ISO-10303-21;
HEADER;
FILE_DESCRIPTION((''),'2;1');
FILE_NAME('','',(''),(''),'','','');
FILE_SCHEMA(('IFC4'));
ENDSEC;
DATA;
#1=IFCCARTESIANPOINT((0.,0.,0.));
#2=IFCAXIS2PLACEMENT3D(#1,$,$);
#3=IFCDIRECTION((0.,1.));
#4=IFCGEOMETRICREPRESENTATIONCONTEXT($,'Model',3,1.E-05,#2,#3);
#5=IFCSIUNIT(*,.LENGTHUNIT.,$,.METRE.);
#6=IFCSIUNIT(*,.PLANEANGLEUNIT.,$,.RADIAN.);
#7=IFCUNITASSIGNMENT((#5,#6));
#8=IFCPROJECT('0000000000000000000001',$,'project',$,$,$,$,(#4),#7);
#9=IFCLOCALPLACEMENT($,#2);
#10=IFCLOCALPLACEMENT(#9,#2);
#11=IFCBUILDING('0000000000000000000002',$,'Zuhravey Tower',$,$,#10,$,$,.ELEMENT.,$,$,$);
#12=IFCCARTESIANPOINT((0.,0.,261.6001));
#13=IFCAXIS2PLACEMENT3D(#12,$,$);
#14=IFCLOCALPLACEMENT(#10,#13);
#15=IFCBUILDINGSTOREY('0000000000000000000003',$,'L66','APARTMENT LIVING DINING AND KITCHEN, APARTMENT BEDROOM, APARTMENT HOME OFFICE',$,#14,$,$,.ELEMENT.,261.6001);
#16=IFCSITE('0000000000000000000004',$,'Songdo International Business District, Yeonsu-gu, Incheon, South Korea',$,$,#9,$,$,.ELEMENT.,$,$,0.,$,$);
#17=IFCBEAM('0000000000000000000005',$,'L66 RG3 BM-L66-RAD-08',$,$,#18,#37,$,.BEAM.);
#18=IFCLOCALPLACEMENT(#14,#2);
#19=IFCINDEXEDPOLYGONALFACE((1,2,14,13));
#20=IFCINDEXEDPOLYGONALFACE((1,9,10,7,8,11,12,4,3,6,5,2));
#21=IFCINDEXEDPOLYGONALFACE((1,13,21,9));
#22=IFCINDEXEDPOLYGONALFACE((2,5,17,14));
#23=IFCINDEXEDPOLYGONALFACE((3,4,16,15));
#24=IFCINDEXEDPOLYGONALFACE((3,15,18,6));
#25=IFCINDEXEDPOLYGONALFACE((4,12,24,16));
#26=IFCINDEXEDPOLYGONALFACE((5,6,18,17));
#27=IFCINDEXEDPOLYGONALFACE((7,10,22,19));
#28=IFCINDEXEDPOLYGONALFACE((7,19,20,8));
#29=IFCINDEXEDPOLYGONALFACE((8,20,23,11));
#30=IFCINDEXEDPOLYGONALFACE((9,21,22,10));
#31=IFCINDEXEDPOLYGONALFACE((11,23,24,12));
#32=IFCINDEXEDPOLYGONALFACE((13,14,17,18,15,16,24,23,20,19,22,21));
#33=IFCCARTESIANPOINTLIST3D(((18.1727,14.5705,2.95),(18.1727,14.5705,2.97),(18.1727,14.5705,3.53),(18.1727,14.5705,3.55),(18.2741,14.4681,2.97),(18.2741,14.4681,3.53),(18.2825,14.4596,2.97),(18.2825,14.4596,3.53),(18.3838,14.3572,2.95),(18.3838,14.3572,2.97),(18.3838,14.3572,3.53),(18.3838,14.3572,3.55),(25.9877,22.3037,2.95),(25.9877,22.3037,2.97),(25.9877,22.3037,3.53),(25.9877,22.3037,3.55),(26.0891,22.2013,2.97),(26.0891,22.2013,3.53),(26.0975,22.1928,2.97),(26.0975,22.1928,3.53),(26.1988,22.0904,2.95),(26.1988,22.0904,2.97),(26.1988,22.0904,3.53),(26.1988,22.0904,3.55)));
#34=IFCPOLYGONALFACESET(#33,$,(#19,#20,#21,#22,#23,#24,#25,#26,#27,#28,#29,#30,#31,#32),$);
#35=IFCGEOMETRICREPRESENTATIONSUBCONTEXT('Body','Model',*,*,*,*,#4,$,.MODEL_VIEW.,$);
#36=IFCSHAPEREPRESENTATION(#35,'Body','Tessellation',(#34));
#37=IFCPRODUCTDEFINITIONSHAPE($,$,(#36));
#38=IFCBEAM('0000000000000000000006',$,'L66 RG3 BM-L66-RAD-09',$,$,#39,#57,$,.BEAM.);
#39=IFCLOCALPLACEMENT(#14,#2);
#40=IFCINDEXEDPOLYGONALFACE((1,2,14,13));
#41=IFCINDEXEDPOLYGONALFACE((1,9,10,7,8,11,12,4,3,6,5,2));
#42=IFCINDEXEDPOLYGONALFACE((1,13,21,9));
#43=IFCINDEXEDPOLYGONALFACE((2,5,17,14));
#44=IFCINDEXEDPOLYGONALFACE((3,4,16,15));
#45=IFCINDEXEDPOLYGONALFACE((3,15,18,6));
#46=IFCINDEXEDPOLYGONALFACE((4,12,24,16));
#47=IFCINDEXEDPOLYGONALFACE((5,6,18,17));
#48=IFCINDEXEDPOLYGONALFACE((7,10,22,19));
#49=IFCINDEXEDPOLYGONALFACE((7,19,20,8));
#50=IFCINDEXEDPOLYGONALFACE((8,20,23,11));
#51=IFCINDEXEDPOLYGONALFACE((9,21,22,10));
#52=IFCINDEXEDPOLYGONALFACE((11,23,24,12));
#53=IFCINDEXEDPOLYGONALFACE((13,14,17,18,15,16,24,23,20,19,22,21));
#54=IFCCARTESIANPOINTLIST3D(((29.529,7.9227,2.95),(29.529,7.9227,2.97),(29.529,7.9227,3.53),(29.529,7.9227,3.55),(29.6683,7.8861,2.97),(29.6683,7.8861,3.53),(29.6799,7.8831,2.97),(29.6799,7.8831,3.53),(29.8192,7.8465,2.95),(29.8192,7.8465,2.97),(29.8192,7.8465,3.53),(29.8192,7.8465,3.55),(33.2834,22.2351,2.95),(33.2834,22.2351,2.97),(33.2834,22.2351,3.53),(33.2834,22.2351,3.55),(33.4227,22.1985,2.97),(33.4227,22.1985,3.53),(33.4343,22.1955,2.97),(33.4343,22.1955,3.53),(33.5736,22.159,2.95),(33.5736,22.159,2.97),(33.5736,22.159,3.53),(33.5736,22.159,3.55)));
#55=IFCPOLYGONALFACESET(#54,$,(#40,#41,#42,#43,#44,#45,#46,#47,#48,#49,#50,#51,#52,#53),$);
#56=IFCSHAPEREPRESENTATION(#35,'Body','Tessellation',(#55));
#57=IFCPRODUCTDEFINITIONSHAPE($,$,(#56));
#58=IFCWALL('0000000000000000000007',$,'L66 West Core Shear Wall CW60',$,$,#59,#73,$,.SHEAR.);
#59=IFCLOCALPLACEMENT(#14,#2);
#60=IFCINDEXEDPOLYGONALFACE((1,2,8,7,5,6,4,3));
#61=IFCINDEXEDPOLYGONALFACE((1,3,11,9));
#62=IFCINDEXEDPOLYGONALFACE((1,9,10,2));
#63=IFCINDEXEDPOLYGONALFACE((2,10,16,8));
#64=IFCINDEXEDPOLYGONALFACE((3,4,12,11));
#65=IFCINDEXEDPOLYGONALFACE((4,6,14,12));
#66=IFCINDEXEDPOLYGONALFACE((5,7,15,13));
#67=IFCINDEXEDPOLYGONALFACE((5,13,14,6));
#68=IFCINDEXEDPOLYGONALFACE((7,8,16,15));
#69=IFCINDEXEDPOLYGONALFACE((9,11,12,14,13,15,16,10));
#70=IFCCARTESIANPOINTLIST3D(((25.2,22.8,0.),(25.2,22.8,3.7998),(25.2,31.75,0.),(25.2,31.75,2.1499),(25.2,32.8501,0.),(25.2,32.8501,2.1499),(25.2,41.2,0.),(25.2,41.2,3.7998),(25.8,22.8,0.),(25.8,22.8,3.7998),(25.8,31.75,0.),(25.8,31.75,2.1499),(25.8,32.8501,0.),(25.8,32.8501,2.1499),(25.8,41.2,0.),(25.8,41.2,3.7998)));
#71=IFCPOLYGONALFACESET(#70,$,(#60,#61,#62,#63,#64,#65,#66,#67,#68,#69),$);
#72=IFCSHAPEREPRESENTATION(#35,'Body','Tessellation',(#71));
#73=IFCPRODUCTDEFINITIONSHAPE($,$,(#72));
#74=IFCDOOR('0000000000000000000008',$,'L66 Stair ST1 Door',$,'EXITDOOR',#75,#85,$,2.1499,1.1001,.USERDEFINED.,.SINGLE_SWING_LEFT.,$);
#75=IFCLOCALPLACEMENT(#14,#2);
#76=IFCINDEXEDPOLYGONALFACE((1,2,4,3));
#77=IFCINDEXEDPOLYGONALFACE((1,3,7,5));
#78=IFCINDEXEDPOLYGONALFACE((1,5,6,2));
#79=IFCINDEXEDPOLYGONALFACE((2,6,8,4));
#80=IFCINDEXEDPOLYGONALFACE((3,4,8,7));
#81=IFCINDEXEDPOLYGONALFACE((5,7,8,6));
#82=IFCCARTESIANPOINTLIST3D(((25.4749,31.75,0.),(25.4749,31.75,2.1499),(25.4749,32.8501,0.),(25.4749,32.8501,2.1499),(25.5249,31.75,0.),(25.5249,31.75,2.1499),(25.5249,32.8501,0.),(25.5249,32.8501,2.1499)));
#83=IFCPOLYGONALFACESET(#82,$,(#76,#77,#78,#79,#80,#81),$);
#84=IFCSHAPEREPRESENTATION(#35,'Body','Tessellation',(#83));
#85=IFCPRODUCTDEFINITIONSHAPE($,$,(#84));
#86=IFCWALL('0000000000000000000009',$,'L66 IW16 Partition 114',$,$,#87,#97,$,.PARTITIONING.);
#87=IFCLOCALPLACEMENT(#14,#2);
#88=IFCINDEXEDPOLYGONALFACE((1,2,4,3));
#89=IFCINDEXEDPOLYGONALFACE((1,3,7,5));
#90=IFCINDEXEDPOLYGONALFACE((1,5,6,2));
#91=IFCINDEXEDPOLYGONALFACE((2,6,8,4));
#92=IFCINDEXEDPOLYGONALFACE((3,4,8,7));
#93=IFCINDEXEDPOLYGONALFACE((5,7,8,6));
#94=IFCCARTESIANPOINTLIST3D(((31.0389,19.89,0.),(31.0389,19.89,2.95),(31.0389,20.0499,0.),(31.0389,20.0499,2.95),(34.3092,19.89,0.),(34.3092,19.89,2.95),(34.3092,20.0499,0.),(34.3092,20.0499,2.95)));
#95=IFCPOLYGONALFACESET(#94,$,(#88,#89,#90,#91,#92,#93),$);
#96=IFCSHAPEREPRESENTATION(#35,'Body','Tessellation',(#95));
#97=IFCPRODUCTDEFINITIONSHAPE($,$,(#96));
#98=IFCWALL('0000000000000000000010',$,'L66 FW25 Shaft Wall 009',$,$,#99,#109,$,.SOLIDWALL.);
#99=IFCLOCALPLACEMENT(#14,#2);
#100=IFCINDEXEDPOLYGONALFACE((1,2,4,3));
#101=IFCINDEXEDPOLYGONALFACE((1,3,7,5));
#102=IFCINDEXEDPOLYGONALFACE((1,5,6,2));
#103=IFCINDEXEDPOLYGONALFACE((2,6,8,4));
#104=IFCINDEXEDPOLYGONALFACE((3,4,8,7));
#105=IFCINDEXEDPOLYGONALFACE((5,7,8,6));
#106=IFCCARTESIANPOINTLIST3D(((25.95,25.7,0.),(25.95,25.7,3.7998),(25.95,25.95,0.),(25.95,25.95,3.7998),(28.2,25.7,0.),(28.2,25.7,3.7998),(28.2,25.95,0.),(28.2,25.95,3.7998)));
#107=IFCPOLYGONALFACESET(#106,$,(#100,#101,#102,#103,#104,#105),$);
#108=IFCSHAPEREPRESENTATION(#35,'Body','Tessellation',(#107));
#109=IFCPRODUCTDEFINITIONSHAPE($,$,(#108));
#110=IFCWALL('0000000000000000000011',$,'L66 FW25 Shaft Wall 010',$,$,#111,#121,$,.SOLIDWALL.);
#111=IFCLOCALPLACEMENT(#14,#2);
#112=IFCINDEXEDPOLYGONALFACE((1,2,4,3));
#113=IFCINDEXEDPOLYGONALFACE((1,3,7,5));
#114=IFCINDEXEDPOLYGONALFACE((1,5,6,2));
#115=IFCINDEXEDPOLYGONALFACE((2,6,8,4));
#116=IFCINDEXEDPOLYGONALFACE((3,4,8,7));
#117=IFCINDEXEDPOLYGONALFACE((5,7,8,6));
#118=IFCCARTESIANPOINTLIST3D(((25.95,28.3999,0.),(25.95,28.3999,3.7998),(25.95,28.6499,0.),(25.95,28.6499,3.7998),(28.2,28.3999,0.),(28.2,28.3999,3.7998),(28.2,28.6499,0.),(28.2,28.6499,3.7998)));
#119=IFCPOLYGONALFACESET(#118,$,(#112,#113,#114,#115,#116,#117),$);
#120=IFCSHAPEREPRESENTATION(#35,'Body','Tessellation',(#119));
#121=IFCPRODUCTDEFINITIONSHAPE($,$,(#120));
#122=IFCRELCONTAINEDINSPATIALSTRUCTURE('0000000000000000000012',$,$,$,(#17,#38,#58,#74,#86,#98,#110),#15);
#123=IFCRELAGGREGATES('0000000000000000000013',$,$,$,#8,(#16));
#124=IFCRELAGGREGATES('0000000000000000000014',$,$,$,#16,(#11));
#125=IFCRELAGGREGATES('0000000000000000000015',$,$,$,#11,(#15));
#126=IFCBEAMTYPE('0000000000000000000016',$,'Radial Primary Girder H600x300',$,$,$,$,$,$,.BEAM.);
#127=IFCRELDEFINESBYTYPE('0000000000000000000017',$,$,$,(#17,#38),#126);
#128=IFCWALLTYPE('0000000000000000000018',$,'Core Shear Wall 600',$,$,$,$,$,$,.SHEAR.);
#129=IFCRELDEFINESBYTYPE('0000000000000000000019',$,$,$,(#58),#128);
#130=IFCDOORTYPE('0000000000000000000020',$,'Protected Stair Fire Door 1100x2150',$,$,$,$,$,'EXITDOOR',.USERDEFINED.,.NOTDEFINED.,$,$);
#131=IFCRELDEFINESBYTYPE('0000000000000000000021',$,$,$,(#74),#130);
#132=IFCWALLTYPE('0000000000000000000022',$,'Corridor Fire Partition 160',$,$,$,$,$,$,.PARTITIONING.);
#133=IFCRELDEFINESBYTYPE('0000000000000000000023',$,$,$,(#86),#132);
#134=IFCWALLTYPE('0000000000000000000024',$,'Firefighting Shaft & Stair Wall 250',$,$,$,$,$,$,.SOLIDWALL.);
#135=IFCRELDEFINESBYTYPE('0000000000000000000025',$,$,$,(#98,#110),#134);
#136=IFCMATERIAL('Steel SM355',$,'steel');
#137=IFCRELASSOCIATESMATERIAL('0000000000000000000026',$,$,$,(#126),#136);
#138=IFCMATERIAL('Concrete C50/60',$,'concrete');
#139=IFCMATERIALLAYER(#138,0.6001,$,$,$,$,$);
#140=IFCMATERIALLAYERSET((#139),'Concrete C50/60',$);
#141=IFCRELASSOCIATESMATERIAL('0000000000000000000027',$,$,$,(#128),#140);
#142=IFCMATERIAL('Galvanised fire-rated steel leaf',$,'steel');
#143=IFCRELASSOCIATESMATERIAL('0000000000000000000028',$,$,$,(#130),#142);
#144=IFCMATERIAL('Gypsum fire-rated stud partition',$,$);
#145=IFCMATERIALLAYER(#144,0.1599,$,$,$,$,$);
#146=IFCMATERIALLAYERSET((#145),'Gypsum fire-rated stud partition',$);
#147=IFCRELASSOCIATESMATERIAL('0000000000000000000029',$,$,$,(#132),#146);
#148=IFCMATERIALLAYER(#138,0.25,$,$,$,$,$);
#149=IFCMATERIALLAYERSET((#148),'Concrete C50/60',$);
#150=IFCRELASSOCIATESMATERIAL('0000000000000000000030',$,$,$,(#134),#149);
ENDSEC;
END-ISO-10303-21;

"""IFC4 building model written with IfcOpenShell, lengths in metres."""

from ifc_helpers import new_model, si_unit, direction, frame, frame_2d, origin, origin_2d, place, context, subcontext, project, spatial, rectangle, i_section, extrude, material, layer, layer_set, material_profile, profile_set, type_object, element, fill, save


model = new_model("IFC4")

# Units and contexts
model_context = context("Model", 3, precision=1e-05, world=origin(), true_north=direction((0.0, 1.0)))
body_context = subcontext(model_context, "Body", "Model", "MODEL_VIEW")
ifc_project = project(units=[si_unit("LENGTHUNIT", "METRE"), si_unit("PLANEANGLEUNIT", "RADIAN")], contexts=[model_context])

# Site, building, storey
site_placement = place(None, origin())
site = spatial("IfcSite", under=ifc_project, at=site_placement, Name="Songdo International Business District, Yeonsu-gu, Incheon, South Korea", CompositionType="ELEMENT", RefElevation=0.0)
building_placement = place(site_placement, origin())
building = spatial("IfcBuilding", under=site, at=building_placement, Name="Zuhravey Tower", CompositionType="ELEMENT")
storey_placement = place(building_placement, frame((0.0, 0.0, 261.6001)))
storey = spatial("IfcBuildingStorey", under=building, at=storey_placement, Name="L66", Description="APARTMENT LIVING DINING AND KITCHEN, APARTMENT BEDROOM, APARTMENT HOME OFFICE", CompositionType="ELEMENT", Elevation=261.6001)

# Beams
ifc_material_1 = material(Name="Steel SM355", Category="steel")
ifc_material_profile = material_profile(ifc_material_1, i_section(OverallWidth=0.3, OverallDepth=0.6001, WebThickness=0.012, FlangeThickness=0.02, at=origin_2d()), Name="H-600x300x12x20")
ifc_profile_set = profile_set([ifc_material_profile], Name="Steel SM355")
beam_type = type_object("IfcBeamType", Name="Radial Primary Girder H600x300", PredefinedType="BEAM", material=ifc_profile_set)
beam_1_placement = place(storey_placement, frame((26.0933, 22.197, 3.25), z_axis=(-0.710817, -0.703377, 0.0), x_axis=(0.703377, -0.710817, 0.0)))
element("IfcBeam", 1, at=beam_1_placement, inside=storey, type_object=beam_type, Name="L66 RG3 BM-L66-RAD-08", PredefinedType="BEAM", context=body_context, shape_type="SweptSolid", body=[
    extrude(i_section(OverallWidth=0.3, OverallDepth=0.6001, WebThickness=0.012, FlangeThickness=0.02, at=origin_2d()), origin(), (0.0, 0.0, 1.0), 10.9944),
])
beam_2_placement = place(storey_placement, frame((33.4285, 22.197, 3.25), z_axis=(-0.253731, -0.967275, 0.0), x_axis=(0.967275, -0.253731, 0.0)))
element("IfcBeam", 2, at=beam_2_placement, inside=storey, type_object=beam_type, Name="L66 RG3 BM-L66-RAD-09", PredefinedType="BEAM", context=body_context, shape_type="SweptSolid", body=[
    extrude(i_section(OverallWidth=0.3, OverallDepth=0.6001, WebThickness=0.012, FlangeThickness=0.02, at=origin_2d()), origin(), (0.0, 0.0, 1.0), 14.7966),
])

# Wall, opening, door
ifc_material_2 = material(Name="Concrete C50/60", Category="concrete")
ifc_layer_1 = layer(ifc_material_2, 0.6001)
ifc_layer_set_1 = layer_set([ifc_layer_1], Name="Concrete C50/60")
wall_type_1 = type_object("IfcWallType", Name="Core Shear Wall 600", PredefinedType="SHEAR", material=ifc_layer_set_1)
wall_1_placement = place(storey_placement, frame((25.5, 22.8, 0.0), z_axis=(0.0, 0.0, 1.0), x_axis=(0.0, 1.0, 0.0)))
wall_1 = element("IfcWall", 3, at=wall_1_placement, inside=storey, type_object=wall_type_1, Name="L66 West Core Shear Wall CW60", PredefinedType="SHEAR", context=body_context, shape_type="SweptSolid", body=[
    extrude(rectangle(XDim=18.3999, YDim=0.6001, at=frame_2d((9.2, 0.0))), origin(), (0.0, 0.0, 1.0), 3.7998),
])
opening_1_placement = place(wall_1_placement, frame((8.95, 0.0, 0.0)))
opening_1 = element("IfcOpeningElement", 4, at=opening_1_placement, cuts=wall_1, PredefinedType="OPENING", context=body_context, shape_type="SweptSolid", body=[
    extrude(rectangle(XDim=1.1001, YDim=2.1499, at=frame_2d((0.55, 1.075))), frame((0.0, 0.312, 0.0), z_axis=(0.0, -1.0, 0.0), x_axis=(1.0, 0.0, 0.0)), (0.0, 0.0, 1.0), 0.624),
])
ifc_material_3 = material(Name="Galvanised fire-rated steel leaf", Category="steel")
door_type_1 = type_object("IfcDoorType", Name="Protected Stair Fire Door 1100x2150", ElementType="EXITDOOR", OperationType="NOTDEFINED", PredefinedType="USERDEFINED", material=ifc_material_3)
door_1_placement = place(opening_1_placement, frame((1.1001, 0.0, 0.0), z_axis=(0.0, 0.0, 1.0), x_axis=(-1.0, 0.0, 0.0)))
door_1 = element("IfcDoor", 5, at=door_1_placement, inside=storey, type_object=door_type_1, Name="L66 Stair ST1 Door", ObjectType="EXITDOOR", OperationType="SINGLE_SWING_LEFT", OverallHeight=2.1499, OverallWidth=1.1001, PredefinedType="USERDEFINED", context=body_context, shape_type="SweptSolid", body=[
    extrude(rectangle(XDim=1.1001, YDim=2.1499, at=frame_2d((0.55, 1.075))), frame((0.0, 0.0249, 0.0), z_axis=(0.0, -1.0, 0.0), x_axis=(1.0, 0.0, 0.0)), (0.0, 0.0, 1.0), 0.05),
])
fill(opening_1, door_1)

# Walls
ifc_material_4 = material(Name="Gypsum fire-rated stud partition")
ifc_layer_2 = layer(ifc_material_4, 0.1599)
ifc_layer_set_2 = layer_set([ifc_layer_2], Name="Gypsum fire-rated stud partition")
wall_type_2 = type_object("IfcWallType", Name="Corridor Fire Partition 160", PredefinedType="PARTITIONING", material=ifc_layer_set_2)
wall_2_placement = place(storey_placement, frame((31.0388, 19.97, 0.0), z_axis=(0.0, 0.0, 1.0), x_axis=(1.0, 0.0, 0.0)))
element("IfcWall", 6, at=wall_2_placement, inside=storey, type_object=wall_type_2, Name="L66 IW16 Partition 114", PredefinedType="PARTITIONING", context=body_context, shape_type="SweptSolid", body=[
    extrude(rectangle(XDim=3.2703, YDim=0.1599, at=frame_2d((1.6353, 0.0))), origin(), (0.0, 0.0, 1.0), 2.95),
])
ifc_layer_3 = layer(ifc_material_2, 0.25)
ifc_layer_set_3 = layer_set([ifc_layer_3], Name="Concrete C50/60")
wall_type_3 = type_object("IfcWallType", Name="Firefighting Shaft & Stair Wall 250", PredefinedType="SOLIDWALL", material=ifc_layer_set_3)
for number, where, z_axis, x_axis, name in (
    (7, (25.95, 25.825, 0.0), (0.0, 0.0, 1.0), (1.0, 0.0, 0.0), "L66 FW25 Shaft Wall 009"),
    (8, (25.95, 28.5249, 0.0), (0.0, 0.0, 1.0), (1.0, 0.0, 0.0), "L66 FW25 Shaft Wall 010"),
):
    element("IfcWall", number, at=place(storey_placement, frame(where, z_axis=z_axis, x_axis=x_axis)), inside=storey, type_object=wall_type_3, Name=name, PredefinedType="SOLIDWALL", context=body_context, shape_type="SweptSolid", body=[
        extrude(rectangle(XDim=2.25, YDim=0.25, at=frame_2d((1.125, 0.0))), origin(), (0.0, 0.0, 1.0), 3.7998),
    ])

save(model, "model.ifc")
